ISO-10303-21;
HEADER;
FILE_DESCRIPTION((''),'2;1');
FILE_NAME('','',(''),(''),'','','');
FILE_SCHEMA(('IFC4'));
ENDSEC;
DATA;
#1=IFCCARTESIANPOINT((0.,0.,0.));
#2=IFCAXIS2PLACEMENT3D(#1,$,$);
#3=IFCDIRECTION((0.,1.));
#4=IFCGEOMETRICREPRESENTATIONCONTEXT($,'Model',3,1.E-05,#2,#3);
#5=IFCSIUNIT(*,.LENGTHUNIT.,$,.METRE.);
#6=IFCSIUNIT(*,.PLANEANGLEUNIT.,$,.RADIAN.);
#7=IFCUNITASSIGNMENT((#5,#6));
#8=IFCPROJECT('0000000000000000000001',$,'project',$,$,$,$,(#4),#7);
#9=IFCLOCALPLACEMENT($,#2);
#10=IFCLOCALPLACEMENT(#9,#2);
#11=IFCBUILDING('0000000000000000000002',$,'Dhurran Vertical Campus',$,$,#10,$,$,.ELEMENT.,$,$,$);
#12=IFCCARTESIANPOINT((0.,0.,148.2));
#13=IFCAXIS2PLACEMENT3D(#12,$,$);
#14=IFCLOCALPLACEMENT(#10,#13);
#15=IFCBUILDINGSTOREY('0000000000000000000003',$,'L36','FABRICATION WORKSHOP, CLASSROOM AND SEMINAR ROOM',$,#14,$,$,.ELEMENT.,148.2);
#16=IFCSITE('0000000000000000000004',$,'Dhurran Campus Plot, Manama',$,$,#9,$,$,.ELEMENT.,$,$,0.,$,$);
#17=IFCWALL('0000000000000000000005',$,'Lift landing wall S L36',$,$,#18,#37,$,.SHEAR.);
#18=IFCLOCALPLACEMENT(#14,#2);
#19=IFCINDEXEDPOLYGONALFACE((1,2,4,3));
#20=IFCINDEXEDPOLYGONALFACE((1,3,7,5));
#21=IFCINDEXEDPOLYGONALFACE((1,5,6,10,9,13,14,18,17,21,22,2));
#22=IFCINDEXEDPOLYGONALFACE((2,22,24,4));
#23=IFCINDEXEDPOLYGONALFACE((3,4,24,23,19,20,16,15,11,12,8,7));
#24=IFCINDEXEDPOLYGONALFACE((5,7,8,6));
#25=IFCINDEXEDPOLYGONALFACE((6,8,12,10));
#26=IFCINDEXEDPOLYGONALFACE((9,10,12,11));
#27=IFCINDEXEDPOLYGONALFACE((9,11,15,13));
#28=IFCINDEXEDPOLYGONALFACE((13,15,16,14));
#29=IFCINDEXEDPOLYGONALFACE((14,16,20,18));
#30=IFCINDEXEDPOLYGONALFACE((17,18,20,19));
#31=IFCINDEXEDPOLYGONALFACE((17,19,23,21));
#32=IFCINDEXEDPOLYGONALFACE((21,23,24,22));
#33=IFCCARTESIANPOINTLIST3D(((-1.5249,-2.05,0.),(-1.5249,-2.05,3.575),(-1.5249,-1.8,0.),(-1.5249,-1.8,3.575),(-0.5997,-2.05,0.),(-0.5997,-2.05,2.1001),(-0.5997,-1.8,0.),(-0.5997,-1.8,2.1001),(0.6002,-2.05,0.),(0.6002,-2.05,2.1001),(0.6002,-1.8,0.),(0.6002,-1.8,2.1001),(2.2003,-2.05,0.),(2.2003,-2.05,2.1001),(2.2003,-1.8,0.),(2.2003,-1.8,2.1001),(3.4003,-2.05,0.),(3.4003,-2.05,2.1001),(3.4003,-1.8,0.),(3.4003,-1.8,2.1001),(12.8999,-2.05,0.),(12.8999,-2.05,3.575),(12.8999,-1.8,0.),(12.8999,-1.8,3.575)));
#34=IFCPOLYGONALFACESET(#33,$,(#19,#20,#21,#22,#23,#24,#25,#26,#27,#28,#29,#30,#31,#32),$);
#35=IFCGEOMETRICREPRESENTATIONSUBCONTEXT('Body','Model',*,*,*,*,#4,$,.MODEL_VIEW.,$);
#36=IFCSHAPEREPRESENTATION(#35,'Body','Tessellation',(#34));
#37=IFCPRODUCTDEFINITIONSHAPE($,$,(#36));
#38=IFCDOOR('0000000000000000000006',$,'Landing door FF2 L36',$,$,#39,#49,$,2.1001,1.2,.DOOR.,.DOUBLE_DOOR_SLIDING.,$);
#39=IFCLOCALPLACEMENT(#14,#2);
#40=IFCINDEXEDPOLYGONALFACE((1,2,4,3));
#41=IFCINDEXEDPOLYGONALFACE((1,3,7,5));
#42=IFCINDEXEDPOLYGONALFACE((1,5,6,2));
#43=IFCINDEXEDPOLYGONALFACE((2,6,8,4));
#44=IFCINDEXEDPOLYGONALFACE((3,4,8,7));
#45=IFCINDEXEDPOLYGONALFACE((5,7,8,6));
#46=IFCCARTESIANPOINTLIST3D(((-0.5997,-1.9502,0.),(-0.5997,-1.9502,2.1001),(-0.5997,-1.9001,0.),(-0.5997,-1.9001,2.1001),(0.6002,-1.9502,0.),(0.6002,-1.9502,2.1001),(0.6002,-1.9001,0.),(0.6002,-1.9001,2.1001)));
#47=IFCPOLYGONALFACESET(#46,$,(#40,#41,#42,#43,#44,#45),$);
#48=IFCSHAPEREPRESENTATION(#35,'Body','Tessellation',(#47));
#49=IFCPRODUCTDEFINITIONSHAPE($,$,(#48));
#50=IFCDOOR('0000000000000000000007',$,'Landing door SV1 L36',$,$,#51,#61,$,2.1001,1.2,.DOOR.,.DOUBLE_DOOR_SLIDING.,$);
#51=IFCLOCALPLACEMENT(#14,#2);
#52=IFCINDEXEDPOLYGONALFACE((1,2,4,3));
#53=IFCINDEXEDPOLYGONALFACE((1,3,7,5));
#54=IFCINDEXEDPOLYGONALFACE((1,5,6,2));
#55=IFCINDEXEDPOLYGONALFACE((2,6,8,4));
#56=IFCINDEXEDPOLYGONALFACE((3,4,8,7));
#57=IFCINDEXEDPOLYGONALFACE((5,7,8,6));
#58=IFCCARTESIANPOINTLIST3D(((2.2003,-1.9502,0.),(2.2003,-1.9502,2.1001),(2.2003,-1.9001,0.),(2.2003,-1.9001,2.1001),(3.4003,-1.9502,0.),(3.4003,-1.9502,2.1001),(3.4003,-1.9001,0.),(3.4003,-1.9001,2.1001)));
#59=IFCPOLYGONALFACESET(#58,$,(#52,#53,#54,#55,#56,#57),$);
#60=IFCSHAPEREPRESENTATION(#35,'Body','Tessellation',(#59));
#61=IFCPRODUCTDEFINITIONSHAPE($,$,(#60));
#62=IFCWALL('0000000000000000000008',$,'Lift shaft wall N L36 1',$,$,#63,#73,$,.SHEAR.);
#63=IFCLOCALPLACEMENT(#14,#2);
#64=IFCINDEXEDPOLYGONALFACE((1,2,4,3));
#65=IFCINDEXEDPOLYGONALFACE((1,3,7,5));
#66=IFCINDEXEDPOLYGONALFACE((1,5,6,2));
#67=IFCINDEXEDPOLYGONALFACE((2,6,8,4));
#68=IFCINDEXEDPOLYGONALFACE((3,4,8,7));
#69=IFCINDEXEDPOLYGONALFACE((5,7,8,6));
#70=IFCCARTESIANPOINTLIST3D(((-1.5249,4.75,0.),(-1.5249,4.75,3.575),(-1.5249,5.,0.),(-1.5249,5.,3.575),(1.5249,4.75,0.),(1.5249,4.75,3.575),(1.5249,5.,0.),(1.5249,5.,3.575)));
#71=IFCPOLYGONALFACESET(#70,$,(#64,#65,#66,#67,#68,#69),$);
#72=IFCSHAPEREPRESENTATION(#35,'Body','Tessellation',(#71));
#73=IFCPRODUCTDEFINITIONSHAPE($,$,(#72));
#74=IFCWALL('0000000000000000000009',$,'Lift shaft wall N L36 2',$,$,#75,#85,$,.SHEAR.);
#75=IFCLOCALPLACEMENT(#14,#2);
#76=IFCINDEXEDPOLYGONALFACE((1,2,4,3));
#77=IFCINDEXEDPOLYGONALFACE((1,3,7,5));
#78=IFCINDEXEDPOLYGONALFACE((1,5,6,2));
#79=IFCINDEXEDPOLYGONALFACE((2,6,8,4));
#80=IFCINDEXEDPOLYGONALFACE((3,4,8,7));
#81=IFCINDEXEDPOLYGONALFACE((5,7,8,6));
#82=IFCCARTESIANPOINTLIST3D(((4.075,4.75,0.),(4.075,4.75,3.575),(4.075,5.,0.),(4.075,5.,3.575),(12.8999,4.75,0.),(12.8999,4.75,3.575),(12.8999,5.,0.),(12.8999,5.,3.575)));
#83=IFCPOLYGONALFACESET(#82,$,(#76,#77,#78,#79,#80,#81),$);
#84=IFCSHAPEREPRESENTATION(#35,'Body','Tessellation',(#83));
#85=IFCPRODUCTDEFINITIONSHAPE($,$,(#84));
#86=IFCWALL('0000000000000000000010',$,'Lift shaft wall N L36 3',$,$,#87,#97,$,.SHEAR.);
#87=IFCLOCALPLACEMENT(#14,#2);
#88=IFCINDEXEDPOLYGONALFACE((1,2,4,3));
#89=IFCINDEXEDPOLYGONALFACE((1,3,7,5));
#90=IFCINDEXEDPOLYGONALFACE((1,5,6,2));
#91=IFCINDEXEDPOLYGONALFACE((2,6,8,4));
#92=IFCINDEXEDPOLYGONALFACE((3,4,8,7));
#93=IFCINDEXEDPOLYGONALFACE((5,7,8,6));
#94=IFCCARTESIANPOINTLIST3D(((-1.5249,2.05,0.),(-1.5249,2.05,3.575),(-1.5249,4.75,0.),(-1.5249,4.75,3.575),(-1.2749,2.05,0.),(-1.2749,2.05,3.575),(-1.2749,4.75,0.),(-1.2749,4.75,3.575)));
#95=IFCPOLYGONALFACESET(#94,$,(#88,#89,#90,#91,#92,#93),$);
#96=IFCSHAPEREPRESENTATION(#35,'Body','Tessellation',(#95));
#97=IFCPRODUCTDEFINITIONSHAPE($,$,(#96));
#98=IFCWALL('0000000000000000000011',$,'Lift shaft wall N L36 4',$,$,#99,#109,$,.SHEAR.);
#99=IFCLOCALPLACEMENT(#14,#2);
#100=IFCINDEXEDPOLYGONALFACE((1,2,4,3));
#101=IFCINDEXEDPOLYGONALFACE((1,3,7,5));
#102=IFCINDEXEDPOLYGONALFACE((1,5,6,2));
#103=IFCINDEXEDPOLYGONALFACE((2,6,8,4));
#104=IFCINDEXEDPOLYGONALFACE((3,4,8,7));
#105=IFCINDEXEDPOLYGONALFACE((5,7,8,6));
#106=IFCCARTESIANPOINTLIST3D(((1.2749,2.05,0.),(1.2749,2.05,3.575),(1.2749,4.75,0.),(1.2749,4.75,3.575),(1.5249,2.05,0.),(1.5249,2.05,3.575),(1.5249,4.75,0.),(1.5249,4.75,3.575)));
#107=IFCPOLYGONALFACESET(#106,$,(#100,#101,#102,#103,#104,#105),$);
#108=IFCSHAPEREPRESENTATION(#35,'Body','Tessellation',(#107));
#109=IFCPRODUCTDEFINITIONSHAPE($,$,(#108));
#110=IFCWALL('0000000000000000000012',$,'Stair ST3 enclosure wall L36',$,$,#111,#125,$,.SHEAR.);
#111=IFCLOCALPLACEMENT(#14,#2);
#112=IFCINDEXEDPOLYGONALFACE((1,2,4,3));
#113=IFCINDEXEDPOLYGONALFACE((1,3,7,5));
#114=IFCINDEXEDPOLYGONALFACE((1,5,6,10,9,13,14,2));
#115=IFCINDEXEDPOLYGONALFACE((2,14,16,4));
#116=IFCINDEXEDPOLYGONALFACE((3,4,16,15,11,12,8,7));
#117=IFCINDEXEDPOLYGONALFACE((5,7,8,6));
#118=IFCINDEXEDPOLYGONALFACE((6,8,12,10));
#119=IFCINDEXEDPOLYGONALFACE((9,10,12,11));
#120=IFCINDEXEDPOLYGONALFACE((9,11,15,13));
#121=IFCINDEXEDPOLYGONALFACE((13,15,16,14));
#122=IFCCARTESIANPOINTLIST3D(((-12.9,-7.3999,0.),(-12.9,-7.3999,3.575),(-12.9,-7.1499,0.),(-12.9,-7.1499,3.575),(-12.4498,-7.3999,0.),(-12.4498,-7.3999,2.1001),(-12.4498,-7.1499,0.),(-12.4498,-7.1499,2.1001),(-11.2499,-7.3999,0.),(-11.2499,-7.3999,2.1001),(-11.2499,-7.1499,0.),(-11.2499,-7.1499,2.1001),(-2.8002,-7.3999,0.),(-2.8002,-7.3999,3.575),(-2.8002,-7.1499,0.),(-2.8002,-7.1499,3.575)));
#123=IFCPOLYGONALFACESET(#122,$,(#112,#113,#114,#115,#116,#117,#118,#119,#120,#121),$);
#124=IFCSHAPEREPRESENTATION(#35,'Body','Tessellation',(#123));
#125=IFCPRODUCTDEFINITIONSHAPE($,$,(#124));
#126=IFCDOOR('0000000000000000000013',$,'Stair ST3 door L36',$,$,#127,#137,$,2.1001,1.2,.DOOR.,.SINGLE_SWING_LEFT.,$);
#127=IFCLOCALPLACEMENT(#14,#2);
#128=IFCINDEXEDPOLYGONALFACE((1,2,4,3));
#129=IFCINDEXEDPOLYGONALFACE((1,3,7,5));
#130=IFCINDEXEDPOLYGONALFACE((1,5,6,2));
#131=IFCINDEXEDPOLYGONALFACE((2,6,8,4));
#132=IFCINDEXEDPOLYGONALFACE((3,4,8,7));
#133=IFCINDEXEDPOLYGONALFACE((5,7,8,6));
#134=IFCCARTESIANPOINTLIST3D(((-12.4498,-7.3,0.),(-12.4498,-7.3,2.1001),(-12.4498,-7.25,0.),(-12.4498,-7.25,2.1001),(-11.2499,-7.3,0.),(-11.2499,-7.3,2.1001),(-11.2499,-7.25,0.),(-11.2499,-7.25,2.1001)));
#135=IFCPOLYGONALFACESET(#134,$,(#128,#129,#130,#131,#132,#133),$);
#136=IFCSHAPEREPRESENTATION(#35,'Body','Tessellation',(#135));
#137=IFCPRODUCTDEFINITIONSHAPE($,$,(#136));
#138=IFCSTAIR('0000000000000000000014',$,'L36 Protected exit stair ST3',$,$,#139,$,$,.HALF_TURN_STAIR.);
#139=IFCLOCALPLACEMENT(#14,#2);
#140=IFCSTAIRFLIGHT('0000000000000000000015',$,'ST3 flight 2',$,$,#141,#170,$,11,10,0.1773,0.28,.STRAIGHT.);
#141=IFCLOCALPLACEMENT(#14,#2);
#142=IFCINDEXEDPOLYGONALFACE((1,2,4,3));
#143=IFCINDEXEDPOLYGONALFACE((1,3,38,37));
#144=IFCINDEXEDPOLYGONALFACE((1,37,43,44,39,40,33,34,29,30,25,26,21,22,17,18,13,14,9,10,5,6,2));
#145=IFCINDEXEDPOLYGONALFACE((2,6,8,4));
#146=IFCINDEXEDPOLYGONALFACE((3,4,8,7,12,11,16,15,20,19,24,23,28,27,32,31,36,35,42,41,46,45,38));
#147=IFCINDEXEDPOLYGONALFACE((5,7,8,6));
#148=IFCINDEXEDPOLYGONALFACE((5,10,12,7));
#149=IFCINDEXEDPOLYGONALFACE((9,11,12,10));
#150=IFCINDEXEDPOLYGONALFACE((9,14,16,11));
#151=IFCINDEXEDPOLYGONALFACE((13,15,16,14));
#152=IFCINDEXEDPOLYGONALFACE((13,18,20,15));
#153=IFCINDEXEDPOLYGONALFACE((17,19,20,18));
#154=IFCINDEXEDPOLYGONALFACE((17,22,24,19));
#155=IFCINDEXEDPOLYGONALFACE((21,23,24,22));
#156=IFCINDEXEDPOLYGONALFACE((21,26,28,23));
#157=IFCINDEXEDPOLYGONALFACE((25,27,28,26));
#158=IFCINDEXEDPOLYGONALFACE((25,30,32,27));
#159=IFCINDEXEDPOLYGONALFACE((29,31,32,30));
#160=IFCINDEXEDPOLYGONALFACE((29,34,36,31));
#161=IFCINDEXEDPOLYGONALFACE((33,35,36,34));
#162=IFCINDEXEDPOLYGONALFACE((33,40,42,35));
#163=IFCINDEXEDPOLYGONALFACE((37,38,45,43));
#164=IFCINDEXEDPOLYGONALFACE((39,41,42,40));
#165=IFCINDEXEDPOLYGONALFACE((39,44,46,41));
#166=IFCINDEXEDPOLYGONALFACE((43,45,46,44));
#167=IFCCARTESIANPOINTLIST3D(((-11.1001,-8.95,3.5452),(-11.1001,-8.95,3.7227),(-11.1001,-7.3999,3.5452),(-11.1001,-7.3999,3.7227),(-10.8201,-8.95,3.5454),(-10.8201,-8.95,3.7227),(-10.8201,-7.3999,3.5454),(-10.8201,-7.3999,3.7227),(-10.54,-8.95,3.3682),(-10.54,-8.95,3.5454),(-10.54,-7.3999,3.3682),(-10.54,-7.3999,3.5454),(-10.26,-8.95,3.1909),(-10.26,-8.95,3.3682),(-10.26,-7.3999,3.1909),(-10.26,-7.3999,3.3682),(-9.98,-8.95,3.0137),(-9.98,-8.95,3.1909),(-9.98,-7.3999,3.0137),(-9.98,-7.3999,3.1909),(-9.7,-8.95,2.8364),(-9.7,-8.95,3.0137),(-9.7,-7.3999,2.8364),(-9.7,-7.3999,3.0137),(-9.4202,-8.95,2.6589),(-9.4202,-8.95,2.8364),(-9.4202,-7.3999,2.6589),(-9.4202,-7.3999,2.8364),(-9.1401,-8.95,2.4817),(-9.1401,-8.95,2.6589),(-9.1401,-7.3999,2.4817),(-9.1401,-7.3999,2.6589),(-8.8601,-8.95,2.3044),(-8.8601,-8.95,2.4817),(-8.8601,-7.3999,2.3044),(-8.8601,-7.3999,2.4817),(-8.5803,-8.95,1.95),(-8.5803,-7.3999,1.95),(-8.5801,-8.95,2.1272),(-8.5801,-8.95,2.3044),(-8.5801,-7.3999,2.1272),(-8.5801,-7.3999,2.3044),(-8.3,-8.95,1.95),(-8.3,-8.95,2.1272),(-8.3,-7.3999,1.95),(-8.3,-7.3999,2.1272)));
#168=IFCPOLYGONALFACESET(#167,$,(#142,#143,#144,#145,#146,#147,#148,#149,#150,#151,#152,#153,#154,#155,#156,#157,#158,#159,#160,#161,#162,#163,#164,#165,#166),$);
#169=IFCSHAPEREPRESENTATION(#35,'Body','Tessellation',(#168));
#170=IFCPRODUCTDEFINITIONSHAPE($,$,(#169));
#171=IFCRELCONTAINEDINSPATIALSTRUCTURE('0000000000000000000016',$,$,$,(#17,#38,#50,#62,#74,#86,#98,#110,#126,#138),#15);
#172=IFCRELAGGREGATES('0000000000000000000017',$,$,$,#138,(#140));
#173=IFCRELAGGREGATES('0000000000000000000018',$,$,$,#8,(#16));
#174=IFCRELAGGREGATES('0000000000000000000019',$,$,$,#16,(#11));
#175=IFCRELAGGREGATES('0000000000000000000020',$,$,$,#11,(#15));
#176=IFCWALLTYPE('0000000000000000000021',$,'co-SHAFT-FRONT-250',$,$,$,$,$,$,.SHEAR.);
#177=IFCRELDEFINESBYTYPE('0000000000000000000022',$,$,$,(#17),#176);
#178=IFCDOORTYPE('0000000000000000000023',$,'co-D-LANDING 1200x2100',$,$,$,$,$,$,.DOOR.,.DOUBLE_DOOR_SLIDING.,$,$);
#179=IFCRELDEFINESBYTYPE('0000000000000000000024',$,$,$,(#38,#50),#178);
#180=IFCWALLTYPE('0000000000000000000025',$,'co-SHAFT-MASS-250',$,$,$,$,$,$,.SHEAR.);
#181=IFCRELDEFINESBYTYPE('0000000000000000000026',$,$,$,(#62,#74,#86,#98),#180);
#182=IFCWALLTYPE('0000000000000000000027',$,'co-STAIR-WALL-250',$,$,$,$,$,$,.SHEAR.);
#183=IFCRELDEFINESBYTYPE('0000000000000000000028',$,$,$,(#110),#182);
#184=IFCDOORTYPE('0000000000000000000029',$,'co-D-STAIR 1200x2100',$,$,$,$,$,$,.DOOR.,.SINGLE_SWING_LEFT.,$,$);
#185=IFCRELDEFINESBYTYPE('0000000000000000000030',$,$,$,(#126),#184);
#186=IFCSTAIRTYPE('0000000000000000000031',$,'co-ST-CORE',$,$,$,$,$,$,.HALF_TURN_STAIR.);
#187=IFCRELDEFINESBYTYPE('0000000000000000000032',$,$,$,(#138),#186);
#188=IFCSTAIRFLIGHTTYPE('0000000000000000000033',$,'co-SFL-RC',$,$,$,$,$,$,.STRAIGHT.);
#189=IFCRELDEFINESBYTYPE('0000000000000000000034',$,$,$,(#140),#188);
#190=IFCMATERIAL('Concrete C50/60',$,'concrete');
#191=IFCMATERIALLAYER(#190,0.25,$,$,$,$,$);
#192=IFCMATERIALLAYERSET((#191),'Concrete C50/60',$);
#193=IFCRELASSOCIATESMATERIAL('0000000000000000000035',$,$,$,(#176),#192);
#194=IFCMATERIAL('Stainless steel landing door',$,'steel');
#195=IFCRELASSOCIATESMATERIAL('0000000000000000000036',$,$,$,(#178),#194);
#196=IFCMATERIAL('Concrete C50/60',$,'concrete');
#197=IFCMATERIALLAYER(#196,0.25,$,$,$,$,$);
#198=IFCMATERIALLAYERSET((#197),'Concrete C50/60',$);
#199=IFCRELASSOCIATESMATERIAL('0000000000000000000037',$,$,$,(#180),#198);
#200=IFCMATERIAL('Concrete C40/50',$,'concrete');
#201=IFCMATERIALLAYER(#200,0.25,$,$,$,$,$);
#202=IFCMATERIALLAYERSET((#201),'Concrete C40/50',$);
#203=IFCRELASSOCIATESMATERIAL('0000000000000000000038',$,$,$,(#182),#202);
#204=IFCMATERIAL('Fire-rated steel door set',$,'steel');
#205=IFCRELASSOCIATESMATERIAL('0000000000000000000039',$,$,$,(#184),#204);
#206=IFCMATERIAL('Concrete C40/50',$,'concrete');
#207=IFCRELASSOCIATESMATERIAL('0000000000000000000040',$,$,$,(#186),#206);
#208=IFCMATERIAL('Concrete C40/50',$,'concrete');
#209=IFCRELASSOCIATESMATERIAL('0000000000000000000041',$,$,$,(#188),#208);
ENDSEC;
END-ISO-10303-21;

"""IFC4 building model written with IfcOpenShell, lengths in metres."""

from ifc_helpers import new_model, si_unit, direction, frame, frame_2d, origin, place, context, subcontext, project, spatial, polyline, rectangle, outline, extrude, material, layer, layer_set, type_object, element, fill, aggregate, save


model = new_model("IFC4")

# Units and contexts
model_context = context("Model", 3, precision=1e-05, world=origin(), true_north=direction((0.0, 1.0)))
body_context = subcontext(model_context, "Body", "Model", "MODEL_VIEW")
ifc_project = project(units=[si_unit("LENGTHUNIT", "METRE"), si_unit("PLANEANGLEUNIT", "RADIAN")], contexts=[model_context])

# Site, building, storey
site_placement = place(None, origin())
site = spatial("IfcSite", under=ifc_project, at=site_placement, Name="Dhurran Campus Plot, Manama", CompositionType="ELEMENT", RefElevation=0.0)
building_placement = place(site_placement, origin())
building = spatial("IfcBuilding", under=site, at=building_placement, Name="Dhurran Vertical Campus", CompositionType="ELEMENT")
storey_placement = place(building_placement, frame((0.0, 0.0, 148.2)))
storey = spatial("IfcBuildingStorey", under=building, at=storey_placement, Name="L36", Description="FABRICATION WORKSHOP, CLASSROOM AND SEMINAR ROOM", CompositionType="ELEMENT", Elevation=148.2)

# Wall, openings, doors
ifc_material_1 = material(Name="Concrete C50/60", Category="concrete")
ifc_layer_1 = layer(ifc_material_1, 0.25)
ifc_layer_set_1 = layer_set([ifc_layer_1], Name="Concrete C50/60")
wall_type_1 = type_object("IfcWallType", Name="co-SHAFT-FRONT-250", PredefinedType="SHEAR", material=ifc_layer_set_1)
ifc_material_2 = material(Name="Stainless steel landing door", Category="steel")
door_type_1 = type_object("IfcDoorType", Name="co-D-LANDING 1200x2100", OperationType="DOUBLE_DOOR_SLIDING", PredefinedType="DOOR", material=ifc_material_2)
wall_1_placement = place(storey_placement, frame((-1.5249, -1.925, 0.0), z_axis=(0.0, 0.0, 1.0), x_axis=(1.0, 0.0, 0.0)))
wall_1 = element("IfcWall", 1, at=wall_1_placement, inside=storey, type_object=wall_type_1, Name="Lift landing wall S L36", PredefinedType="SHEAR", context=body_context, shape_type="SweptSolid", body=[
    extrude(rectangle(XDim=14.4248, YDim=0.25, at=frame_2d((7.2124, 0.0))), origin(), (0.0, 0.0, 1.0), 3.575),
])
opening_1_placement = place(wall_1_placement, frame((0.925, 0.0, 0.0)))
opening_1 = element("IfcOpeningElement", 2, at=opening_1_placement, cuts=wall_1, PredefinedType="OPENING", context=body_context, shape_type="SweptSolid", body=[
    extrude(rectangle(XDim=1.2, YDim=2.1001, at=frame_2d((0.6001, 1.05))), frame((0.0, 0.135, 0.0), z_axis=(0.0, -1.0, 0.0), x_axis=(1.0, 0.0, 0.0)), (0.0, 0.0, 1.0), 0.27),
])
opening_2_placement = place(wall_1_placement, frame((3.7251, 0.0, 0.0)))
opening_2 = element("IfcOpeningElement", 3, at=opening_2_placement, cuts=wall_1, PredefinedType="OPENING", context=body_context, shape_type="SweptSolid", body=[
    extrude(rectangle(XDim=1.2, YDim=2.1001, at=frame_2d((0.6001, 1.05))), frame((0.0, 0.135, 0.0), z_axis=(0.0, -1.0, 0.0), x_axis=(1.0, 0.0, 0.0)), (0.0, 0.0, 1.0), 0.27),
])
door_1_placement = place(opening_1_placement, origin())
door_1 = element("IfcDoor", 4, at=door_1_placement, inside=storey, type_object=door_type_1, Name="Landing door FF2 L36", OperationType="DOUBLE_DOOR_SLIDING", OverallHeight=2.1001, OverallWidth=1.2, PredefinedType="DOOR", context=body_context, shape_type="SweptSolid", body=[
    extrude(rectangle(XDim=1.2, YDim=2.1001, at=frame_2d((0.6001, 1.05))), frame((0.0, 0.0249, 0.0), z_axis=(0.0, -1.0, 0.0), x_axis=(1.0, 0.0, 0.0)), (0.0, 0.0, 1.0), 0.05),
])
fill(opening_1, door_1)
door_2_placement = place(opening_2_placement, origin())
door_2 = element("IfcDoor", 5, at=door_2_placement, inside=storey, type_object=door_type_1, Name="Landing door SV1 L36", OperationType="DOUBLE_DOOR_SLIDING", OverallHeight=2.1001, OverallWidth=1.2, PredefinedType="DOOR", context=body_context, shape_type="SweptSolid", body=[
    extrude(rectangle(XDim=1.2, YDim=2.1001, at=frame_2d((0.6001, 1.05))), frame((0.0, 0.0249, 0.0), z_axis=(0.0, -1.0, 0.0), x_axis=(1.0, 0.0, 0.0)), (0.0, 0.0, 1.0), 0.05),
])
fill(opening_2, door_2)

# Walls
ifc_material_3 = material(Name="Concrete C50/60", Category="concrete")
ifc_layer_2 = layer(ifc_material_3, 0.25)
ifc_layer_set_2 = layer_set([ifc_layer_2], Name="Concrete C50/60")
wall_type_2 = type_object("IfcWallType", Name="co-SHAFT-MASS-250", PredefinedType="SHEAR", material=ifc_layer_set_2)
wall_2_placement = place(storey_placement, origin())
element("IfcWall", 6, at=wall_2_placement, inside=storey, type_object=wall_type_2, Name="Lift shaft wall N L36 1", PredefinedType="SHEAR", context=body_context, shape_type="SweptSolid", body=[
    extrude(outline(polyline([(-1.5249, 4.75), (1.5249, 4.75), (1.5249, 5.0), (-1.5249, 5.0), (-1.5249, 4.75)])), origin(), (0.0, 0.0, 1.0), 3.575),
])
wall_3_placement = place(storey_placement, origin())
element("IfcWall", 7, at=wall_3_placement, inside=storey, type_object=wall_type_2, Name="Lift shaft wall N L36 2", PredefinedType="SHEAR", context=body_context, shape_type="SweptSolid", body=[
    extrude(outline(polyline([(4.075, 4.75), (12.8999, 4.75), (12.8999, 5.0), (4.075, 5.0), (4.075, 4.75)])), origin(), (0.0, 0.0, 1.0), 3.575),
])
wall_4_placement = place(storey_placement, origin())
element("IfcWall", 8, at=wall_4_placement, inside=storey, type_object=wall_type_2, Name="Lift shaft wall N L36 3", PredefinedType="SHEAR", context=body_context, shape_type="SweptSolid", body=[
    extrude(outline(polyline([(-1.5249, 2.05), (-1.2749, 2.05), (-1.2749, 4.75), (-1.5249, 4.75), (-1.5249, 2.05)])), origin(), (0.0, 0.0, 1.0), 3.575),
])
wall_5_placement = place(storey_placement, origin())
element("IfcWall", 9, at=wall_5_placement, inside=storey, type_object=wall_type_2, Name="Lift shaft wall N L36 4", PredefinedType="SHEAR", context=body_context, shape_type="SweptSolid", body=[
    extrude(outline(polyline([(1.2749, 2.05), (1.5249, 2.05), (1.5249, 4.75), (1.2749, 4.75), (1.2749, 2.05)])), origin(), (0.0, 0.0, 1.0), 3.575),
])

# Wall, opening, door
ifc_material_4 = material(Name="Concrete C40/50", Category="concrete")
ifc_layer_3 = layer(ifc_material_4, 0.25)
ifc_layer_set_3 = layer_set([ifc_layer_3], Name="Concrete C40/50")
wall_type_3 = type_object("IfcWallType", Name="co-STAIR-WALL-250", PredefinedType="SHEAR", material=ifc_layer_set_3)
wall_6_placement = place(storey_placement, frame((-12.8999, -7.2749, 0.0), z_axis=(0.0, 0.0, 1.0), x_axis=(1.0, 0.0, 0.0)))
wall_6 = element("IfcWall", 10, at=wall_6_placement, inside=storey, type_object=wall_type_3, Name="Stair ST3 enclosure wall L36", PredefinedType="SHEAR", context=body_context, shape_type="SweptSolid", body=[
    extrude(rectangle(XDim=10.0999, YDim=0.25, at=frame_2d((5.0498, 0.0))), origin(), (0.0, 0.0, 1.0), 3.575),
])
opening_3_placement = place(wall_6_placement, frame((0.45, 0.0, 0.0)))
opening_3 = element("IfcOpeningElement", 11, at=opening_3_placement, cuts=wall_6, PredefinedType="OPENING", context=body_context, shape_type="SweptSolid", body=[
    extrude(rectangle(XDim=1.2, YDim=2.1001, at=frame_2d((0.6001, 1.05))), frame((0.0, 0.135, 0.0), z_axis=(0.0, -1.0, 0.0), x_axis=(1.0, 0.0, 0.0)), (0.0, 0.0, 1.0), 0.27),
])
ifc_material_5 = material(Name="Fire-rated steel door set", Category="steel")
door_type_2 = type_object("IfcDoorType", Name="co-D-STAIR 1200x2100", OperationType="SINGLE_SWING_LEFT", PredefinedType="DOOR", material=ifc_material_5)
door_3_placement = place(opening_3_placement, origin())
door_3 = element("IfcDoor", 12, at=door_3_placement, inside=storey, type_object=door_type_2, Name="Stair ST3 door L36", OperationType="SINGLE_SWING_LEFT", OverallHeight=2.1001, OverallWidth=1.2, PredefinedType="DOOR", context=body_context, shape_type="SweptSolid", body=[
    extrude(rectangle(XDim=1.2, YDim=2.1001, at=frame_2d((0.6001, 1.05))), frame((0.0, 0.0249, 0.0), z_axis=(0.0, -1.0, 0.0), x_axis=(1.0, 0.0, 0.0)), (0.0, 0.0, 1.0), 0.05),
])
fill(opening_3, door_3)

# Stair, stair flight
ifc_material_6 = material(Name="Concrete C40/50", Category="concrete")
stair_type = type_object("IfcStairType", Name="co-ST-CORE", PredefinedType="HALF_TURN_STAIR", material=ifc_material_6)
stair_placement = place(storey_placement, origin())
stair = element("IfcStair", 13, at=stair_placement, inside=storey, type_object=stair_type, Name="L36 Protected exit stair ST3", PredefinedType="HALF_TURN_STAIR")
ifc_material_7 = material(Name="Concrete C40/50", Category="concrete")
stair_flight_type = type_object("IfcStairFlightType", Name="co-SFL-RC", PredefinedType="STRAIGHT", material=ifc_material_7)
stair_flight_placement = place(storey_placement, frame((-8.3, -8.175, 1.95), z_axis=(0.0, 0.0, 1.0), x_axis=(-1.0, 0.0, 0.0)))
stair_flight = element("IfcStairFlight", 14, at=stair_flight_placement, type_object=stair_flight_type, Name="ST3 flight 2", NumberOfRisers=11, NumberOfTreads=10, PredefinedType="STRAIGHT", RiserHeight=0.1773, TreadLength=0.28, context=body_context, shape_type="SweptSolid", body=[
    extrude(outline(polyline([(0.0, 0.0), (0.0, 0.1772), (0.28, 0.1772), (0.28, 0.3545), (0.5601, 0.3545), (0.5601, 0.5317), (0.8401, 0.5317), (0.8401, 0.709), (1.1201, 0.709), (1.1201, 0.8865), (1.3999, 0.8865), (1.3999, 1.0637), (1.6799, 1.0637), (1.6799, 1.241), (1.96, 1.241), (1.96, 1.4182), (2.24, 1.4182), (2.24, 1.5955), (2.52, 1.5955), (2.52, 1.7727), (2.8, 1.7727), (2.8, 1.95), (2.8, 1.5952), (0.2803, 0.0), (0.0, 0.0)])), frame((0.0, 0.7749, 0.0), z_axis=(0.0, -1.0, 0.0), x_axis=(1.0, 0.0, 0.0)), (0.0, 0.0, 1.0), 1.55),
])
aggregate(stair, [stair_flight])

save(model, "model.ifc")
